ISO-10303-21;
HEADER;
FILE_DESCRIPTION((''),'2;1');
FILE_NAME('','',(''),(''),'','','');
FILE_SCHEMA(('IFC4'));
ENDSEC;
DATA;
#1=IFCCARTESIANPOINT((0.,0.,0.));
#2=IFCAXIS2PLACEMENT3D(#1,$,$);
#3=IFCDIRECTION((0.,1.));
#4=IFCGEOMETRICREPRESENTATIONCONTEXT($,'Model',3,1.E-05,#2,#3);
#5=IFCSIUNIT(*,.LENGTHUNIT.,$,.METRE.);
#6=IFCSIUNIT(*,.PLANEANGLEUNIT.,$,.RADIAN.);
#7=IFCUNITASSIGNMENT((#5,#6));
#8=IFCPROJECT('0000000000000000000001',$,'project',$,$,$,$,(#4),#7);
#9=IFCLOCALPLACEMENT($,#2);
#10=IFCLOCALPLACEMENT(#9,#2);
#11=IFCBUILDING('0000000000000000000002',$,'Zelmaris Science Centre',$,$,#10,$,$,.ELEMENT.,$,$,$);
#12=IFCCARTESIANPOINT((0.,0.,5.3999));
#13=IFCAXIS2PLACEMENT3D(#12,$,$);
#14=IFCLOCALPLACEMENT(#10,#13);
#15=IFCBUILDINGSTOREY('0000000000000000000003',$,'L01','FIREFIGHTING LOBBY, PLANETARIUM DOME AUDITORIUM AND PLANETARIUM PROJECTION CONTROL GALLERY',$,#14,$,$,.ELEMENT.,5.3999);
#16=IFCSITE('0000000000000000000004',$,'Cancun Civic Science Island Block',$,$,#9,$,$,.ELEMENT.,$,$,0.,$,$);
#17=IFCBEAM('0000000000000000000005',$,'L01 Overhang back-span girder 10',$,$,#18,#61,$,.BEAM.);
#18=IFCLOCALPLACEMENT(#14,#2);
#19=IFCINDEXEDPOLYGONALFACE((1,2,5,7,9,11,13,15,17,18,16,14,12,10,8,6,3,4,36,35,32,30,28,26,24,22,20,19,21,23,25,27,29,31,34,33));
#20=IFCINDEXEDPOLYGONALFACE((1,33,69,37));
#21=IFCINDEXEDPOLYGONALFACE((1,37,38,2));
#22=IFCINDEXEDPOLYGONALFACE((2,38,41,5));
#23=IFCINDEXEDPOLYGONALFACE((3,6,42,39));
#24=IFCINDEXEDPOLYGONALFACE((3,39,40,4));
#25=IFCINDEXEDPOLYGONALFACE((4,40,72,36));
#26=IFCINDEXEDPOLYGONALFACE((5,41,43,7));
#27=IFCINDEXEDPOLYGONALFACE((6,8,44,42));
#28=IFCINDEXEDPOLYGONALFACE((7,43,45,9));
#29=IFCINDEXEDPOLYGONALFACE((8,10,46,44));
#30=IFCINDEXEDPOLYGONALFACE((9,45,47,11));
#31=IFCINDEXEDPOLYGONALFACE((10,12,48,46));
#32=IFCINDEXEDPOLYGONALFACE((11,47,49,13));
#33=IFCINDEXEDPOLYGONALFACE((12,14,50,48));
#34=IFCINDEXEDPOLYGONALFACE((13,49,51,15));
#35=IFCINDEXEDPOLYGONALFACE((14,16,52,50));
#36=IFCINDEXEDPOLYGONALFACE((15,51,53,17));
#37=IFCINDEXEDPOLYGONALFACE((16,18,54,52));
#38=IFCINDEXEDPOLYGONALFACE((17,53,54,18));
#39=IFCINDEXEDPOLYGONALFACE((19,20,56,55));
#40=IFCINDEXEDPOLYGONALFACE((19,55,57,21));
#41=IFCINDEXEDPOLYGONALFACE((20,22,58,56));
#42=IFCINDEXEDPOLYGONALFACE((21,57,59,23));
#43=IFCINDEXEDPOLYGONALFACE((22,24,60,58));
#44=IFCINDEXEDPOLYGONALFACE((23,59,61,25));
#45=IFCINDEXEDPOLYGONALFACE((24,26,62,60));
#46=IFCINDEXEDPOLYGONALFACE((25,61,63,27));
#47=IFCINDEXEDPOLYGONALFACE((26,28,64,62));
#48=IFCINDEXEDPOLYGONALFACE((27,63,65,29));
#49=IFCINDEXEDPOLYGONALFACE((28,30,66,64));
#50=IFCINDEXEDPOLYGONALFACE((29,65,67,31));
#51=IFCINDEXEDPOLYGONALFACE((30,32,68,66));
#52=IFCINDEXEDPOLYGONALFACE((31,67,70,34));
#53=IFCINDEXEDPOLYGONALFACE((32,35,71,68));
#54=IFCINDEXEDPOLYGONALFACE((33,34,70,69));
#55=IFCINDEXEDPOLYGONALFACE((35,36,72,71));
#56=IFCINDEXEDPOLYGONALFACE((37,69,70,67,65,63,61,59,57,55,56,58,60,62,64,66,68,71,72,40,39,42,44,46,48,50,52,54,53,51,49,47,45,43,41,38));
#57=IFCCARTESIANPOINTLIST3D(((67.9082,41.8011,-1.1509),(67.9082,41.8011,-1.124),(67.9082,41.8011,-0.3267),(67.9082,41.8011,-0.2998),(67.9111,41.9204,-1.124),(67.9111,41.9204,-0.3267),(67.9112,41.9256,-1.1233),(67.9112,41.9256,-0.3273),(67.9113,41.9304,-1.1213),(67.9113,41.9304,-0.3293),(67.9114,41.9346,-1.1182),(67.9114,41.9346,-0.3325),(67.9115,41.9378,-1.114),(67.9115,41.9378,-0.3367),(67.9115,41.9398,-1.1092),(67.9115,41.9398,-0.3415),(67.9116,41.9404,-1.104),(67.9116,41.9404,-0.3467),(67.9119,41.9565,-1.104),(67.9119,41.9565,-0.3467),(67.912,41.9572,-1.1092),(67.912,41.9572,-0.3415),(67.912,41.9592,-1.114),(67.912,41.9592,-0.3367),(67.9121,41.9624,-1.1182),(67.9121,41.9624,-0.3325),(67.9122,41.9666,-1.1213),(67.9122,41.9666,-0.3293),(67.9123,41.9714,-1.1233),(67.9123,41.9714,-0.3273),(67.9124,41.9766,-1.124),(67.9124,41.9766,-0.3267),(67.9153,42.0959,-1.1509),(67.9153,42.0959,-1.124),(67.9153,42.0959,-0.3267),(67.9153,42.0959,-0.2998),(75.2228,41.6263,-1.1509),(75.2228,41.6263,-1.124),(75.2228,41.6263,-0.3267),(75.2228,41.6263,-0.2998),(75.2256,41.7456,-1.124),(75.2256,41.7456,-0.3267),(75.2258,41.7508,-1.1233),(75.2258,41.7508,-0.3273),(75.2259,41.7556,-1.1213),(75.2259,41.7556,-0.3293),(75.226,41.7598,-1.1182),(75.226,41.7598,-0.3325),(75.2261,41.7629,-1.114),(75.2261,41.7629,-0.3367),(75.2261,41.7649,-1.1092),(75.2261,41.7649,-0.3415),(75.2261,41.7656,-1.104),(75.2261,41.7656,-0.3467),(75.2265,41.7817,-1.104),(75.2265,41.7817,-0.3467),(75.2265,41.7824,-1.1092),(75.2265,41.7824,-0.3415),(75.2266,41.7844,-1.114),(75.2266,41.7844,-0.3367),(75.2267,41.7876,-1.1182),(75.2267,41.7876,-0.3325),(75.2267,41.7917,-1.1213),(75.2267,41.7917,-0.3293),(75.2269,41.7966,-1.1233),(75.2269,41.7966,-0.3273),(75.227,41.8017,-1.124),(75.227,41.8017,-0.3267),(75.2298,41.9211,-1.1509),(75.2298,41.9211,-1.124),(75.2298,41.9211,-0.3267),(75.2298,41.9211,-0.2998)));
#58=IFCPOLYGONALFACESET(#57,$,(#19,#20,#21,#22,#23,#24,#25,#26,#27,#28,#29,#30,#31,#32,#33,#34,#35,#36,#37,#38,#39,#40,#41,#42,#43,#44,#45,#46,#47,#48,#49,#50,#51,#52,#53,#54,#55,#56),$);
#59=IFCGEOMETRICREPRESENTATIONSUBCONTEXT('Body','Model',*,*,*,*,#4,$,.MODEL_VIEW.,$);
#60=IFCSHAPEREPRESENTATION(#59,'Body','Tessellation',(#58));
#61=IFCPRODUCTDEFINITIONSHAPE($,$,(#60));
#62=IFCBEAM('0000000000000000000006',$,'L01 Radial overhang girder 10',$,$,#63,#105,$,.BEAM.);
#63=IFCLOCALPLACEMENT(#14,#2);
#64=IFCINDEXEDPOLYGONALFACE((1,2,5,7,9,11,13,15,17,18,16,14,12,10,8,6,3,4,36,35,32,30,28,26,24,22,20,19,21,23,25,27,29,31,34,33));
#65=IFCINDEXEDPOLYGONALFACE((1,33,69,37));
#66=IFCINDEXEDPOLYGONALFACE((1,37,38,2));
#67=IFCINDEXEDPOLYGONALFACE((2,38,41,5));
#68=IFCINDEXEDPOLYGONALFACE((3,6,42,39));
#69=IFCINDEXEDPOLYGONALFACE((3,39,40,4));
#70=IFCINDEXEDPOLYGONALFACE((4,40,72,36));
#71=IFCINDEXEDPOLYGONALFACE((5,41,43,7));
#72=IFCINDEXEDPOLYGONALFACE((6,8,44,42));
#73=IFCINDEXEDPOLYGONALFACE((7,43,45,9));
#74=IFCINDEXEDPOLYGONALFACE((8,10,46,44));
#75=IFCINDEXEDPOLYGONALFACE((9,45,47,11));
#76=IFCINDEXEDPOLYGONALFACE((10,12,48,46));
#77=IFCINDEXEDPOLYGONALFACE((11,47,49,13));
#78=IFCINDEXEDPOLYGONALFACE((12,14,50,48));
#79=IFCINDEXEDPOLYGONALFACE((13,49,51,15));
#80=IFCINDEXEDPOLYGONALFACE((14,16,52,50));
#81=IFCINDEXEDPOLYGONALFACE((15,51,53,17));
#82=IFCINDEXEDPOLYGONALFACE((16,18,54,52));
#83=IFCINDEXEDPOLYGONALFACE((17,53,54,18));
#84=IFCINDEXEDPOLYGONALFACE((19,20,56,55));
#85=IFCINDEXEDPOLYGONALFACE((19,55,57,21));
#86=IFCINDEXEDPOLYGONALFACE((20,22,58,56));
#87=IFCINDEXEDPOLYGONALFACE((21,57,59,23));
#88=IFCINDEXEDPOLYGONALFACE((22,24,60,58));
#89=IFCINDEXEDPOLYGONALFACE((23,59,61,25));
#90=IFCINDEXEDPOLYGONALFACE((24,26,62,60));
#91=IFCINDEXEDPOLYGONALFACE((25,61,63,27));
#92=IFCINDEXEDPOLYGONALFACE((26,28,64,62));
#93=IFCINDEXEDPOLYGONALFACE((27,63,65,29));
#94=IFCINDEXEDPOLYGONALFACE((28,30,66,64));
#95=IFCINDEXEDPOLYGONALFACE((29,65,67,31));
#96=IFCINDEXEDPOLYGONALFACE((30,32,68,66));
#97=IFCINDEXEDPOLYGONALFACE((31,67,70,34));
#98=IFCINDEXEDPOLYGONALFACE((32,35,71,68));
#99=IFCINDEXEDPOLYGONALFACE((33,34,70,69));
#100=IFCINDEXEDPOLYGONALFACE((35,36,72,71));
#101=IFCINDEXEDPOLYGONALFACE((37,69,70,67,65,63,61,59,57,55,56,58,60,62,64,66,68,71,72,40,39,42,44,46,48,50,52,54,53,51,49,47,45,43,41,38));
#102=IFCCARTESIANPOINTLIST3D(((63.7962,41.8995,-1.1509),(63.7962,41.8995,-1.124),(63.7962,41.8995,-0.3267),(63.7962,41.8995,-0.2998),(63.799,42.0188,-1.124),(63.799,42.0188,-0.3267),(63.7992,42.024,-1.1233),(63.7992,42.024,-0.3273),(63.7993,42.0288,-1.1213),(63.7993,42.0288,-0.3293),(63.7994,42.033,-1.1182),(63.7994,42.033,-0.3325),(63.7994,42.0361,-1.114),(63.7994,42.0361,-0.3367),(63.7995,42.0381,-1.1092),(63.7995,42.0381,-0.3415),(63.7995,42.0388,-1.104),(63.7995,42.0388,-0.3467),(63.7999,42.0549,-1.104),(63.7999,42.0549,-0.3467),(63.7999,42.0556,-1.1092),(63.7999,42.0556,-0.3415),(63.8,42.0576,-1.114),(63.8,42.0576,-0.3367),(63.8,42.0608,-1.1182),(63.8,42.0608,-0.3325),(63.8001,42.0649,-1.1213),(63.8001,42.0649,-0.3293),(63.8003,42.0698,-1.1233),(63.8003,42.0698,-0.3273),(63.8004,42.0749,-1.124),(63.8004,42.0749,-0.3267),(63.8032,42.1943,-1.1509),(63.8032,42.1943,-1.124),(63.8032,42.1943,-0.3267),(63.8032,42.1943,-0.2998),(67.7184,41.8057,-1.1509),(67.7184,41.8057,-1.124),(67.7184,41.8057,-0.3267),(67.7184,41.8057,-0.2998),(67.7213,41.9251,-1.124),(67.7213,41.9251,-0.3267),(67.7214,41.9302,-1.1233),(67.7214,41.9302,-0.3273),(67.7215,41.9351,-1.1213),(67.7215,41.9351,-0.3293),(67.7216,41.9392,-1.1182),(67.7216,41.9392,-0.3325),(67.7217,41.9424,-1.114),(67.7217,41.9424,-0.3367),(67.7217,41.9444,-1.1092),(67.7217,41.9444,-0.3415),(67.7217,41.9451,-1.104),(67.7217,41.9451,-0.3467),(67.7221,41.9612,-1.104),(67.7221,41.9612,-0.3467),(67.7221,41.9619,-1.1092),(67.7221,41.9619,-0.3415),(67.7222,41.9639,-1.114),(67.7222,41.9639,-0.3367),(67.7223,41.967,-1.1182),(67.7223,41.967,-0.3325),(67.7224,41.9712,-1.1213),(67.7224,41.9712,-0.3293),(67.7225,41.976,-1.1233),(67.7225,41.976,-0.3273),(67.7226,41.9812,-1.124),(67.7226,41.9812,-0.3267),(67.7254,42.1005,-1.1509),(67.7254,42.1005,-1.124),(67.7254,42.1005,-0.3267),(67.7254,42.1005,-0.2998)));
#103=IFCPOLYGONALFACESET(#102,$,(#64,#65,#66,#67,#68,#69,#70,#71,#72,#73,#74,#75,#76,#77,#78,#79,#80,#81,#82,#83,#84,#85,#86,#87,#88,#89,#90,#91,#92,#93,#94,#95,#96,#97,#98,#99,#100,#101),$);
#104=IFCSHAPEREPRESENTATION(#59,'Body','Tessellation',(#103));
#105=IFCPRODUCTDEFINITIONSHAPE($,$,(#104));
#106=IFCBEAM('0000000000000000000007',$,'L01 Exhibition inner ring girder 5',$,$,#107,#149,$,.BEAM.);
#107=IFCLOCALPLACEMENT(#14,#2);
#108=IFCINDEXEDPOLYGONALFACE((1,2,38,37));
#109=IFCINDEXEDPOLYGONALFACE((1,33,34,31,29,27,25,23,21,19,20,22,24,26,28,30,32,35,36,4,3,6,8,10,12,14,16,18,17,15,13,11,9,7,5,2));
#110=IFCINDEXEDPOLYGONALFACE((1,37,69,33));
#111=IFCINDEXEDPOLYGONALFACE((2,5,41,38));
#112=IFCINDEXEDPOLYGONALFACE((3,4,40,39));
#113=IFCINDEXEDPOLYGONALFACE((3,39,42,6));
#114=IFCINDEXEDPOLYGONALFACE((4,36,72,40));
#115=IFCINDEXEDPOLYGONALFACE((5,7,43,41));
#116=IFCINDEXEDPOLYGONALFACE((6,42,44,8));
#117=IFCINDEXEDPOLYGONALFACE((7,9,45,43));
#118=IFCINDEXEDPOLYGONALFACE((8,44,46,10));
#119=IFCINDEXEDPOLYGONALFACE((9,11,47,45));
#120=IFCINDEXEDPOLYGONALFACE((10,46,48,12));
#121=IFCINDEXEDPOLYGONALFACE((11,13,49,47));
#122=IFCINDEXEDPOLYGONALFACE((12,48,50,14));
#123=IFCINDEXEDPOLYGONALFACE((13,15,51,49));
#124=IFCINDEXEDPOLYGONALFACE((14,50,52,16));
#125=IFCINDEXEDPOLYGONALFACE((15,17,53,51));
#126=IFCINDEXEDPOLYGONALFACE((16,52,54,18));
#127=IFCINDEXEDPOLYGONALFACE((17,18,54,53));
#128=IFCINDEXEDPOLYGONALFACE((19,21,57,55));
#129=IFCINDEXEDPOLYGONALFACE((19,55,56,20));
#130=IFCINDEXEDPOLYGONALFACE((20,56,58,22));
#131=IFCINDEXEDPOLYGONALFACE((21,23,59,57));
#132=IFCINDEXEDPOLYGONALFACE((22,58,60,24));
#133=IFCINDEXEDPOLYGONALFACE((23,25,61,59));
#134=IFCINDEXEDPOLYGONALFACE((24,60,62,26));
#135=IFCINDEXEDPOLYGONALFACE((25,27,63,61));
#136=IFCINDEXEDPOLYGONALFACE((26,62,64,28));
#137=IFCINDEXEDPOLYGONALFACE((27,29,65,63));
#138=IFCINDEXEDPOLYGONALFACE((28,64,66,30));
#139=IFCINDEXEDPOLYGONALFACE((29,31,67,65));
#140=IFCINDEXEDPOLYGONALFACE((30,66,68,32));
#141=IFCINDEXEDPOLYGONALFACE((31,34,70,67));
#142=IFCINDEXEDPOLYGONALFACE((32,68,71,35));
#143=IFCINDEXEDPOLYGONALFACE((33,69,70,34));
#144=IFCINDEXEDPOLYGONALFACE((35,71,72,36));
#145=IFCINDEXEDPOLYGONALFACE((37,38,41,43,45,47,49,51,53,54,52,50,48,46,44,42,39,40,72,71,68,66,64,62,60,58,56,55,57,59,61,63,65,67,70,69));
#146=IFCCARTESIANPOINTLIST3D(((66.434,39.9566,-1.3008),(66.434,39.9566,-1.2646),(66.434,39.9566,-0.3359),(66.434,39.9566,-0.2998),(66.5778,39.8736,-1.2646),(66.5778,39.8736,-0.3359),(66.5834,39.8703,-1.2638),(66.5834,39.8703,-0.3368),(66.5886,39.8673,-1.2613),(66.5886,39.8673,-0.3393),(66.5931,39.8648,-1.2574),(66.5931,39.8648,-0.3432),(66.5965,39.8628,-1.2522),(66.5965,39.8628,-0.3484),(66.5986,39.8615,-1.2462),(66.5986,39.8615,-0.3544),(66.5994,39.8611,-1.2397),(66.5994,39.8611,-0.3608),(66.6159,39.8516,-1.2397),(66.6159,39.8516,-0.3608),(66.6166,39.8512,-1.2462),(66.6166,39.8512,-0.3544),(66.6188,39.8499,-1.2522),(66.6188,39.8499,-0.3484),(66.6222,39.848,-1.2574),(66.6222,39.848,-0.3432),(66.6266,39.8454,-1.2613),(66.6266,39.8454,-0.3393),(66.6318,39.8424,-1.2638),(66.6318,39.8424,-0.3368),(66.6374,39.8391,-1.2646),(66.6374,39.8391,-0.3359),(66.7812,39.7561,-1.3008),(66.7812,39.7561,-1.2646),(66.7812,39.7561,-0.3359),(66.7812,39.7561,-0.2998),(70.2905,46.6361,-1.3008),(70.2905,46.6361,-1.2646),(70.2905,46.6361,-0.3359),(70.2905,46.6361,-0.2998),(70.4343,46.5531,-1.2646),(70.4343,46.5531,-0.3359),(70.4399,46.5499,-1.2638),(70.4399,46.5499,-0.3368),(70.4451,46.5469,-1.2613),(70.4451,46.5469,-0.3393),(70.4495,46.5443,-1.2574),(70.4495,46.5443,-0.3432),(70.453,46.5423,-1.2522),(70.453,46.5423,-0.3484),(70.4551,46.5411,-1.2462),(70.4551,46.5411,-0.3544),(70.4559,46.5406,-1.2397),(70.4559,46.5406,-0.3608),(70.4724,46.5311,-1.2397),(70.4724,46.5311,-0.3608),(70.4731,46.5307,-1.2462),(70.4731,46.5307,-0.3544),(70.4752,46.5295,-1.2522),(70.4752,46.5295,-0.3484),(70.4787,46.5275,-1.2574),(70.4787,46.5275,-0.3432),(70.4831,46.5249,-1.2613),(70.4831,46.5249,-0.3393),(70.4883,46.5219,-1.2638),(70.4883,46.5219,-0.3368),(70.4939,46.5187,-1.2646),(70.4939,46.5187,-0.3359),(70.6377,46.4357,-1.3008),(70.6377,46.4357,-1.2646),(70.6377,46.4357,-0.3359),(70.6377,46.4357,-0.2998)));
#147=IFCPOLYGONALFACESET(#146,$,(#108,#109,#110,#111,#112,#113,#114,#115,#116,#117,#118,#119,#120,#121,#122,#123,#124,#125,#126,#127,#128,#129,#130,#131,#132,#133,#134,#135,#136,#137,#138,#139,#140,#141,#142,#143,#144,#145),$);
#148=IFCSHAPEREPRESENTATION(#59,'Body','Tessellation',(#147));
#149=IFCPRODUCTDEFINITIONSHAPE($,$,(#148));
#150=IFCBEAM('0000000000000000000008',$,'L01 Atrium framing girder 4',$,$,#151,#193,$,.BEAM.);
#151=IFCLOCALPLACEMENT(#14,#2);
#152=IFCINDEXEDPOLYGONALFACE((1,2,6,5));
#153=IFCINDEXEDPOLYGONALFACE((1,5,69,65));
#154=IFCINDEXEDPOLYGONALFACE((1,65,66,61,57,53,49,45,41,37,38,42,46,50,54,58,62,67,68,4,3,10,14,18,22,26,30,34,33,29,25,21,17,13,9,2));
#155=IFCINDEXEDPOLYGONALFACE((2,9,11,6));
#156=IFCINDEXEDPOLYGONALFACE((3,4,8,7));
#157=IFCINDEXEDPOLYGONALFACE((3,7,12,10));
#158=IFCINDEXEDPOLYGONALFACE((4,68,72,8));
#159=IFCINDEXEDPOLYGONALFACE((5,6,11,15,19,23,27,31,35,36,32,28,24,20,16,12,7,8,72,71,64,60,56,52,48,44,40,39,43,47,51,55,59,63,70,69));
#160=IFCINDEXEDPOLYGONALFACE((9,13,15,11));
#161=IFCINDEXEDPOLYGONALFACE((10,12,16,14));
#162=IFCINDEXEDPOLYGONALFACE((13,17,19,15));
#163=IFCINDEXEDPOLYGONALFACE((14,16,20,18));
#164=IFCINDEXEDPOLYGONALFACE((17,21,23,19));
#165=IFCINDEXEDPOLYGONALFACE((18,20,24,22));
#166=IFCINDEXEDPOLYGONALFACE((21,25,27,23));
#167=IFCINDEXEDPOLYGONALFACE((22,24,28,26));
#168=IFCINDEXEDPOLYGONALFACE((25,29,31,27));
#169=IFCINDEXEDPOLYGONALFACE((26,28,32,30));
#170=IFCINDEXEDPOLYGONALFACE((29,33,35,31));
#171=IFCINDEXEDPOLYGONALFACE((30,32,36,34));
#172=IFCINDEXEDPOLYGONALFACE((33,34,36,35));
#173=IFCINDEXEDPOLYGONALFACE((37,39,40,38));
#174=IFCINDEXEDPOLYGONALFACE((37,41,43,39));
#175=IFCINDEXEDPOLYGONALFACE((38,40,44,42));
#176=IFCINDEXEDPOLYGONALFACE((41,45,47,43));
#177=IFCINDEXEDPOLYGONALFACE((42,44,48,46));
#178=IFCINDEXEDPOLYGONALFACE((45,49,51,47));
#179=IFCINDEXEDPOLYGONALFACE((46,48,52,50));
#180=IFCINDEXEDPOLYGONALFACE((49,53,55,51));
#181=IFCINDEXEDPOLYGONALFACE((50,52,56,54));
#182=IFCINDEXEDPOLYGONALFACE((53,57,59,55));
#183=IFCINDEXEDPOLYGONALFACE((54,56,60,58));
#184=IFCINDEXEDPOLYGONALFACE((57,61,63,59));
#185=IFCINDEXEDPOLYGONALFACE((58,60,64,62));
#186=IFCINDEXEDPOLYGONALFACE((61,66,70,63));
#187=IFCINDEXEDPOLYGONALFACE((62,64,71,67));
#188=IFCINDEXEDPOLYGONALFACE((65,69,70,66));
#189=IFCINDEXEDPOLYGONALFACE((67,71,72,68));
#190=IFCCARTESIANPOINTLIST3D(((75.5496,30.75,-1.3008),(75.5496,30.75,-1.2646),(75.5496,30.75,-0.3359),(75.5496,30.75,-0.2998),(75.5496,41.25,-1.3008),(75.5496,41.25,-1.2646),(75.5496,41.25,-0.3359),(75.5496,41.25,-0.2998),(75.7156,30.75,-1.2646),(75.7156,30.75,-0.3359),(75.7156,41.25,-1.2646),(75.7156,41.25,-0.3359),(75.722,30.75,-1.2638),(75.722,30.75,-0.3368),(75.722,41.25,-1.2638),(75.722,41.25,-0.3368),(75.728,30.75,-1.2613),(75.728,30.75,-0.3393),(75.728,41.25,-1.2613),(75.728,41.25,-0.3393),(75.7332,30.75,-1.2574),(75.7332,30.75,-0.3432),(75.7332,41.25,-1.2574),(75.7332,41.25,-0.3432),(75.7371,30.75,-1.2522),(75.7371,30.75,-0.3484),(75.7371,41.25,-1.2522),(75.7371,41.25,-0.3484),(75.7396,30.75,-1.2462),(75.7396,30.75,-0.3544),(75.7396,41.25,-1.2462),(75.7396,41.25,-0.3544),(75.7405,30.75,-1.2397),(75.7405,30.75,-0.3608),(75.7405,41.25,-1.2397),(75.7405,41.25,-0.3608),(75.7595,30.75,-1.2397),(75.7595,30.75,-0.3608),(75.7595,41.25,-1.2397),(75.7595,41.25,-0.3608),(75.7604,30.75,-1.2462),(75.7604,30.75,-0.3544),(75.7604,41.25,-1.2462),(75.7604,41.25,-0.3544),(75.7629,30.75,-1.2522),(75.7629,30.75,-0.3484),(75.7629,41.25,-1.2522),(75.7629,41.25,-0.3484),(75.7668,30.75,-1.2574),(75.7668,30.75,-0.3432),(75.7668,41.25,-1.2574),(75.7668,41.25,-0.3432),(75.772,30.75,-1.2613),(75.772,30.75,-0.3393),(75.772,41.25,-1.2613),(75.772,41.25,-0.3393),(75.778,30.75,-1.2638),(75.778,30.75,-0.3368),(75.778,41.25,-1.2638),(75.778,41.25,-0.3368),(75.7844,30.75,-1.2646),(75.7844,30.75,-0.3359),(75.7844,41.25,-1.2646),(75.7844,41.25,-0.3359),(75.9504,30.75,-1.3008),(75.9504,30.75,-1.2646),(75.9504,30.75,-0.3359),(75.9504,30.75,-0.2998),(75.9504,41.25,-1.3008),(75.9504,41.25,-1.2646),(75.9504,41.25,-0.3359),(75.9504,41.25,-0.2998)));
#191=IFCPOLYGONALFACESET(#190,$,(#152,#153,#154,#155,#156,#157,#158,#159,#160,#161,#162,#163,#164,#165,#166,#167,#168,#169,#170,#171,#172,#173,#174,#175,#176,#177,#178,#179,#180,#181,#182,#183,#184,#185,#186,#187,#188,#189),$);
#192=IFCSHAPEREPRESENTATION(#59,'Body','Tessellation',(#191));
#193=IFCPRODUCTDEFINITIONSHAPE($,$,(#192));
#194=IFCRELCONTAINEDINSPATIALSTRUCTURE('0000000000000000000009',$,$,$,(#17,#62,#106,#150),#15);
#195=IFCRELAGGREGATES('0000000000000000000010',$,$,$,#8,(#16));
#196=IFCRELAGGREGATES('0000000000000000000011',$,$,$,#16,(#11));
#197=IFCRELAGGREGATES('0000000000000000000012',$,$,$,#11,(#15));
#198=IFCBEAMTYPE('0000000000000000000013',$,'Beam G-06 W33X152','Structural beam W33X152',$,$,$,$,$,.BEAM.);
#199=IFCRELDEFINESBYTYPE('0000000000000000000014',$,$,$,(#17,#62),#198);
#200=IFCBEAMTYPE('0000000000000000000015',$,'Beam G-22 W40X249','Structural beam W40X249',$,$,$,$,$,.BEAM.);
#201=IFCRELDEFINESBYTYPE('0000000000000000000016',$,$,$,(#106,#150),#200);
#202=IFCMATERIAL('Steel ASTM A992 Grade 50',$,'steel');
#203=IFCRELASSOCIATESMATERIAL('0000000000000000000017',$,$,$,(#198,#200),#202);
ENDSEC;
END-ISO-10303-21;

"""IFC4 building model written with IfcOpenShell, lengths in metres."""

from ifc_helpers import new_model, si_unit, direction, frame, origin, origin_2d, place, context, subcontext, project, spatial, i_section, extrude, material, material_profile, profile_set, type_object, element, save


model = new_model("IFC4")

# Units and contexts
model_context = context("Model", 3, precision=1e-05, world=origin(), true_north=direction((0.0, 1.0)))
body_context = subcontext(model_context, "Body", "Model", "MODEL_VIEW")
ifc_project = project(units=[si_unit("LENGTHUNIT", "METRE"), si_unit("PLANEANGLEUNIT", "RADIAN")], contexts=[model_context])

# Site, building, storey
site_placement = place(None, origin())
site = spatial("IfcSite", under=ifc_project, at=site_placement, Name="Cancun Civic Science Island Block", CompositionType="ELEMENT", RefElevation=0.0)
building_placement = place(site_placement, origin())
building = spatial("IfcBuilding", under=site, at=building_placement, Name="Zelmaris Science Centre", CompositionType="ELEMENT")
storey_placement = place(building_placement, frame((0.0, 0.0, 5.3999)))
storey = spatial("IfcBuildingStorey", under=building, at=storey_placement, Name="L01", Description="FIREFIGHTING LOBBY, PLANETARIUM DOME AUDITORIUM AND PLANETARIUM PROJECTION CONTROL GALLERY", CompositionType="ELEMENT", Elevation=5.3999)

# Shared definitions
ifc_material_1 = material(Name="Steel ASTM A992 Grade 50", Category="steel")

# Beams
ifc_material_profile_1 = material_profile(ifc_material_1, i_section(OverallWidth=0.2949, OverallDepth=0.8511, WebThickness=0.0161, FlangeThickness=0.0269, FilletRadius=0.02, at=origin_2d()), Name="W33X152")
ifc_profile_set_1 = profile_set([ifc_material_profile_1], Name="Steel ASTM A992 Grade 50")
beam_type_1 = type_object("IfcBeamType", Name="Beam G-06 W33X152", Description="Structural beam W33X152", PredefinedType="BEAM", material=ifc_profile_set_1)
beam_1_placement = place(storey_placement, frame((75.2263, 41.7737, -0.7253), z_axis=(-0.999715, 0.023892, 0.0), x_axis=(-0.023892, -0.999715, 0.0)))
element("IfcBeam", 1, at=beam_1_placement, inside=storey, type_object=beam_type_1, Name="L01 Overhang back-span girder 10", PredefinedType="BEAM", context=body_context, shape_type="SweptSolid", body=[
    extrude(i_section(OverallWidth=0.2949, OverallDepth=0.8511, WebThickness=0.0161, FlangeThickness=0.0269, FilletRadius=0.02, at=origin_2d()), origin(), (0.0, 0.0, 1.0), 7.3167),
])
beam_2_placement = place(storey_placement, frame((67.7219, 41.9531, -0.7253), z_axis=(-0.999714, 0.023896, 0.0), x_axis=(-0.023896, -0.999714, 0.0)))
element("IfcBeam", 2, at=beam_2_placement, inside=storey, type_object=beam_type_1, Name="L01 Radial overhang girder 10", PredefinedType="BEAM", context=body_context, shape_type="SweptSolid", body=[
    extrude(i_section(OverallWidth=0.2949, OverallDepth=0.8511, WebThickness=0.0161, FlangeThickness=0.0269, FilletRadius=0.02, at=origin_2d()), origin(), (0.0, 0.0, 1.0), 3.9233),
])
ifc_material_profile_2 = material_profile(ifc_material_1, i_section(OverallWidth=0.4009, OverallDepth=1.001, WebThickness=0.019, FlangeThickness=0.0361, FilletRadius=0.0249, at=origin_2d()), Name="W40X249")
ifc_profile_set_2 = profile_set([ifc_material_profile_2], Name="Steel ASTM A992 Grade 50")
beam_type_2 = type_object("IfcBeamType", Name="Beam G-22 W40X249", Description="Structural beam W40X249", PredefinedType="BEAM", material=ifc_profile_set_2)
beam_3_placement = place(storey_placement, frame((70.4641, 46.5359, -0.8003), z_axis=(-0.500007, -0.866022, 0.0), x_axis=(0.866022, -0.500007, 0.0)))
element("IfcBeam", 3, at=beam_3_placement, inside=storey, type_object=beam_type_2, Name="L01 Exhibition inner ring girder 5", PredefinedType="BEAM", context=body_context, shape_type="SweptSolid", body=[
    extrude(i_section(OverallWidth=0.4009, OverallDepth=1.001, WebThickness=0.019, FlangeThickness=0.0361, FilletRadius=0.0249, at=origin_2d()), origin(), (0.0, 0.0, 1.0), 7.7129),
])
beam_4_placement = place(storey_placement, frame((75.75, 41.25, -0.8003), z_axis=(0.0, -1.0, 0.0), x_axis=(1.0, 0.0, 0.0)))
element("IfcBeam", 4, at=beam_4_placement, inside=storey, type_object=beam_type_2, Name="L01 Atrium framing girder 4", PredefinedType="BEAM", context=body_context, shape_type="SweptSolid", body=[
    extrude(i_section(OverallWidth=0.4009, OverallDepth=1.001, WebThickness=0.019, FlangeThickness=0.0361, FilletRadius=0.0249, at=origin_2d()), origin(), (0.0, 0.0, 1.0), 10.5),
])

save(model, "model.ifc")
